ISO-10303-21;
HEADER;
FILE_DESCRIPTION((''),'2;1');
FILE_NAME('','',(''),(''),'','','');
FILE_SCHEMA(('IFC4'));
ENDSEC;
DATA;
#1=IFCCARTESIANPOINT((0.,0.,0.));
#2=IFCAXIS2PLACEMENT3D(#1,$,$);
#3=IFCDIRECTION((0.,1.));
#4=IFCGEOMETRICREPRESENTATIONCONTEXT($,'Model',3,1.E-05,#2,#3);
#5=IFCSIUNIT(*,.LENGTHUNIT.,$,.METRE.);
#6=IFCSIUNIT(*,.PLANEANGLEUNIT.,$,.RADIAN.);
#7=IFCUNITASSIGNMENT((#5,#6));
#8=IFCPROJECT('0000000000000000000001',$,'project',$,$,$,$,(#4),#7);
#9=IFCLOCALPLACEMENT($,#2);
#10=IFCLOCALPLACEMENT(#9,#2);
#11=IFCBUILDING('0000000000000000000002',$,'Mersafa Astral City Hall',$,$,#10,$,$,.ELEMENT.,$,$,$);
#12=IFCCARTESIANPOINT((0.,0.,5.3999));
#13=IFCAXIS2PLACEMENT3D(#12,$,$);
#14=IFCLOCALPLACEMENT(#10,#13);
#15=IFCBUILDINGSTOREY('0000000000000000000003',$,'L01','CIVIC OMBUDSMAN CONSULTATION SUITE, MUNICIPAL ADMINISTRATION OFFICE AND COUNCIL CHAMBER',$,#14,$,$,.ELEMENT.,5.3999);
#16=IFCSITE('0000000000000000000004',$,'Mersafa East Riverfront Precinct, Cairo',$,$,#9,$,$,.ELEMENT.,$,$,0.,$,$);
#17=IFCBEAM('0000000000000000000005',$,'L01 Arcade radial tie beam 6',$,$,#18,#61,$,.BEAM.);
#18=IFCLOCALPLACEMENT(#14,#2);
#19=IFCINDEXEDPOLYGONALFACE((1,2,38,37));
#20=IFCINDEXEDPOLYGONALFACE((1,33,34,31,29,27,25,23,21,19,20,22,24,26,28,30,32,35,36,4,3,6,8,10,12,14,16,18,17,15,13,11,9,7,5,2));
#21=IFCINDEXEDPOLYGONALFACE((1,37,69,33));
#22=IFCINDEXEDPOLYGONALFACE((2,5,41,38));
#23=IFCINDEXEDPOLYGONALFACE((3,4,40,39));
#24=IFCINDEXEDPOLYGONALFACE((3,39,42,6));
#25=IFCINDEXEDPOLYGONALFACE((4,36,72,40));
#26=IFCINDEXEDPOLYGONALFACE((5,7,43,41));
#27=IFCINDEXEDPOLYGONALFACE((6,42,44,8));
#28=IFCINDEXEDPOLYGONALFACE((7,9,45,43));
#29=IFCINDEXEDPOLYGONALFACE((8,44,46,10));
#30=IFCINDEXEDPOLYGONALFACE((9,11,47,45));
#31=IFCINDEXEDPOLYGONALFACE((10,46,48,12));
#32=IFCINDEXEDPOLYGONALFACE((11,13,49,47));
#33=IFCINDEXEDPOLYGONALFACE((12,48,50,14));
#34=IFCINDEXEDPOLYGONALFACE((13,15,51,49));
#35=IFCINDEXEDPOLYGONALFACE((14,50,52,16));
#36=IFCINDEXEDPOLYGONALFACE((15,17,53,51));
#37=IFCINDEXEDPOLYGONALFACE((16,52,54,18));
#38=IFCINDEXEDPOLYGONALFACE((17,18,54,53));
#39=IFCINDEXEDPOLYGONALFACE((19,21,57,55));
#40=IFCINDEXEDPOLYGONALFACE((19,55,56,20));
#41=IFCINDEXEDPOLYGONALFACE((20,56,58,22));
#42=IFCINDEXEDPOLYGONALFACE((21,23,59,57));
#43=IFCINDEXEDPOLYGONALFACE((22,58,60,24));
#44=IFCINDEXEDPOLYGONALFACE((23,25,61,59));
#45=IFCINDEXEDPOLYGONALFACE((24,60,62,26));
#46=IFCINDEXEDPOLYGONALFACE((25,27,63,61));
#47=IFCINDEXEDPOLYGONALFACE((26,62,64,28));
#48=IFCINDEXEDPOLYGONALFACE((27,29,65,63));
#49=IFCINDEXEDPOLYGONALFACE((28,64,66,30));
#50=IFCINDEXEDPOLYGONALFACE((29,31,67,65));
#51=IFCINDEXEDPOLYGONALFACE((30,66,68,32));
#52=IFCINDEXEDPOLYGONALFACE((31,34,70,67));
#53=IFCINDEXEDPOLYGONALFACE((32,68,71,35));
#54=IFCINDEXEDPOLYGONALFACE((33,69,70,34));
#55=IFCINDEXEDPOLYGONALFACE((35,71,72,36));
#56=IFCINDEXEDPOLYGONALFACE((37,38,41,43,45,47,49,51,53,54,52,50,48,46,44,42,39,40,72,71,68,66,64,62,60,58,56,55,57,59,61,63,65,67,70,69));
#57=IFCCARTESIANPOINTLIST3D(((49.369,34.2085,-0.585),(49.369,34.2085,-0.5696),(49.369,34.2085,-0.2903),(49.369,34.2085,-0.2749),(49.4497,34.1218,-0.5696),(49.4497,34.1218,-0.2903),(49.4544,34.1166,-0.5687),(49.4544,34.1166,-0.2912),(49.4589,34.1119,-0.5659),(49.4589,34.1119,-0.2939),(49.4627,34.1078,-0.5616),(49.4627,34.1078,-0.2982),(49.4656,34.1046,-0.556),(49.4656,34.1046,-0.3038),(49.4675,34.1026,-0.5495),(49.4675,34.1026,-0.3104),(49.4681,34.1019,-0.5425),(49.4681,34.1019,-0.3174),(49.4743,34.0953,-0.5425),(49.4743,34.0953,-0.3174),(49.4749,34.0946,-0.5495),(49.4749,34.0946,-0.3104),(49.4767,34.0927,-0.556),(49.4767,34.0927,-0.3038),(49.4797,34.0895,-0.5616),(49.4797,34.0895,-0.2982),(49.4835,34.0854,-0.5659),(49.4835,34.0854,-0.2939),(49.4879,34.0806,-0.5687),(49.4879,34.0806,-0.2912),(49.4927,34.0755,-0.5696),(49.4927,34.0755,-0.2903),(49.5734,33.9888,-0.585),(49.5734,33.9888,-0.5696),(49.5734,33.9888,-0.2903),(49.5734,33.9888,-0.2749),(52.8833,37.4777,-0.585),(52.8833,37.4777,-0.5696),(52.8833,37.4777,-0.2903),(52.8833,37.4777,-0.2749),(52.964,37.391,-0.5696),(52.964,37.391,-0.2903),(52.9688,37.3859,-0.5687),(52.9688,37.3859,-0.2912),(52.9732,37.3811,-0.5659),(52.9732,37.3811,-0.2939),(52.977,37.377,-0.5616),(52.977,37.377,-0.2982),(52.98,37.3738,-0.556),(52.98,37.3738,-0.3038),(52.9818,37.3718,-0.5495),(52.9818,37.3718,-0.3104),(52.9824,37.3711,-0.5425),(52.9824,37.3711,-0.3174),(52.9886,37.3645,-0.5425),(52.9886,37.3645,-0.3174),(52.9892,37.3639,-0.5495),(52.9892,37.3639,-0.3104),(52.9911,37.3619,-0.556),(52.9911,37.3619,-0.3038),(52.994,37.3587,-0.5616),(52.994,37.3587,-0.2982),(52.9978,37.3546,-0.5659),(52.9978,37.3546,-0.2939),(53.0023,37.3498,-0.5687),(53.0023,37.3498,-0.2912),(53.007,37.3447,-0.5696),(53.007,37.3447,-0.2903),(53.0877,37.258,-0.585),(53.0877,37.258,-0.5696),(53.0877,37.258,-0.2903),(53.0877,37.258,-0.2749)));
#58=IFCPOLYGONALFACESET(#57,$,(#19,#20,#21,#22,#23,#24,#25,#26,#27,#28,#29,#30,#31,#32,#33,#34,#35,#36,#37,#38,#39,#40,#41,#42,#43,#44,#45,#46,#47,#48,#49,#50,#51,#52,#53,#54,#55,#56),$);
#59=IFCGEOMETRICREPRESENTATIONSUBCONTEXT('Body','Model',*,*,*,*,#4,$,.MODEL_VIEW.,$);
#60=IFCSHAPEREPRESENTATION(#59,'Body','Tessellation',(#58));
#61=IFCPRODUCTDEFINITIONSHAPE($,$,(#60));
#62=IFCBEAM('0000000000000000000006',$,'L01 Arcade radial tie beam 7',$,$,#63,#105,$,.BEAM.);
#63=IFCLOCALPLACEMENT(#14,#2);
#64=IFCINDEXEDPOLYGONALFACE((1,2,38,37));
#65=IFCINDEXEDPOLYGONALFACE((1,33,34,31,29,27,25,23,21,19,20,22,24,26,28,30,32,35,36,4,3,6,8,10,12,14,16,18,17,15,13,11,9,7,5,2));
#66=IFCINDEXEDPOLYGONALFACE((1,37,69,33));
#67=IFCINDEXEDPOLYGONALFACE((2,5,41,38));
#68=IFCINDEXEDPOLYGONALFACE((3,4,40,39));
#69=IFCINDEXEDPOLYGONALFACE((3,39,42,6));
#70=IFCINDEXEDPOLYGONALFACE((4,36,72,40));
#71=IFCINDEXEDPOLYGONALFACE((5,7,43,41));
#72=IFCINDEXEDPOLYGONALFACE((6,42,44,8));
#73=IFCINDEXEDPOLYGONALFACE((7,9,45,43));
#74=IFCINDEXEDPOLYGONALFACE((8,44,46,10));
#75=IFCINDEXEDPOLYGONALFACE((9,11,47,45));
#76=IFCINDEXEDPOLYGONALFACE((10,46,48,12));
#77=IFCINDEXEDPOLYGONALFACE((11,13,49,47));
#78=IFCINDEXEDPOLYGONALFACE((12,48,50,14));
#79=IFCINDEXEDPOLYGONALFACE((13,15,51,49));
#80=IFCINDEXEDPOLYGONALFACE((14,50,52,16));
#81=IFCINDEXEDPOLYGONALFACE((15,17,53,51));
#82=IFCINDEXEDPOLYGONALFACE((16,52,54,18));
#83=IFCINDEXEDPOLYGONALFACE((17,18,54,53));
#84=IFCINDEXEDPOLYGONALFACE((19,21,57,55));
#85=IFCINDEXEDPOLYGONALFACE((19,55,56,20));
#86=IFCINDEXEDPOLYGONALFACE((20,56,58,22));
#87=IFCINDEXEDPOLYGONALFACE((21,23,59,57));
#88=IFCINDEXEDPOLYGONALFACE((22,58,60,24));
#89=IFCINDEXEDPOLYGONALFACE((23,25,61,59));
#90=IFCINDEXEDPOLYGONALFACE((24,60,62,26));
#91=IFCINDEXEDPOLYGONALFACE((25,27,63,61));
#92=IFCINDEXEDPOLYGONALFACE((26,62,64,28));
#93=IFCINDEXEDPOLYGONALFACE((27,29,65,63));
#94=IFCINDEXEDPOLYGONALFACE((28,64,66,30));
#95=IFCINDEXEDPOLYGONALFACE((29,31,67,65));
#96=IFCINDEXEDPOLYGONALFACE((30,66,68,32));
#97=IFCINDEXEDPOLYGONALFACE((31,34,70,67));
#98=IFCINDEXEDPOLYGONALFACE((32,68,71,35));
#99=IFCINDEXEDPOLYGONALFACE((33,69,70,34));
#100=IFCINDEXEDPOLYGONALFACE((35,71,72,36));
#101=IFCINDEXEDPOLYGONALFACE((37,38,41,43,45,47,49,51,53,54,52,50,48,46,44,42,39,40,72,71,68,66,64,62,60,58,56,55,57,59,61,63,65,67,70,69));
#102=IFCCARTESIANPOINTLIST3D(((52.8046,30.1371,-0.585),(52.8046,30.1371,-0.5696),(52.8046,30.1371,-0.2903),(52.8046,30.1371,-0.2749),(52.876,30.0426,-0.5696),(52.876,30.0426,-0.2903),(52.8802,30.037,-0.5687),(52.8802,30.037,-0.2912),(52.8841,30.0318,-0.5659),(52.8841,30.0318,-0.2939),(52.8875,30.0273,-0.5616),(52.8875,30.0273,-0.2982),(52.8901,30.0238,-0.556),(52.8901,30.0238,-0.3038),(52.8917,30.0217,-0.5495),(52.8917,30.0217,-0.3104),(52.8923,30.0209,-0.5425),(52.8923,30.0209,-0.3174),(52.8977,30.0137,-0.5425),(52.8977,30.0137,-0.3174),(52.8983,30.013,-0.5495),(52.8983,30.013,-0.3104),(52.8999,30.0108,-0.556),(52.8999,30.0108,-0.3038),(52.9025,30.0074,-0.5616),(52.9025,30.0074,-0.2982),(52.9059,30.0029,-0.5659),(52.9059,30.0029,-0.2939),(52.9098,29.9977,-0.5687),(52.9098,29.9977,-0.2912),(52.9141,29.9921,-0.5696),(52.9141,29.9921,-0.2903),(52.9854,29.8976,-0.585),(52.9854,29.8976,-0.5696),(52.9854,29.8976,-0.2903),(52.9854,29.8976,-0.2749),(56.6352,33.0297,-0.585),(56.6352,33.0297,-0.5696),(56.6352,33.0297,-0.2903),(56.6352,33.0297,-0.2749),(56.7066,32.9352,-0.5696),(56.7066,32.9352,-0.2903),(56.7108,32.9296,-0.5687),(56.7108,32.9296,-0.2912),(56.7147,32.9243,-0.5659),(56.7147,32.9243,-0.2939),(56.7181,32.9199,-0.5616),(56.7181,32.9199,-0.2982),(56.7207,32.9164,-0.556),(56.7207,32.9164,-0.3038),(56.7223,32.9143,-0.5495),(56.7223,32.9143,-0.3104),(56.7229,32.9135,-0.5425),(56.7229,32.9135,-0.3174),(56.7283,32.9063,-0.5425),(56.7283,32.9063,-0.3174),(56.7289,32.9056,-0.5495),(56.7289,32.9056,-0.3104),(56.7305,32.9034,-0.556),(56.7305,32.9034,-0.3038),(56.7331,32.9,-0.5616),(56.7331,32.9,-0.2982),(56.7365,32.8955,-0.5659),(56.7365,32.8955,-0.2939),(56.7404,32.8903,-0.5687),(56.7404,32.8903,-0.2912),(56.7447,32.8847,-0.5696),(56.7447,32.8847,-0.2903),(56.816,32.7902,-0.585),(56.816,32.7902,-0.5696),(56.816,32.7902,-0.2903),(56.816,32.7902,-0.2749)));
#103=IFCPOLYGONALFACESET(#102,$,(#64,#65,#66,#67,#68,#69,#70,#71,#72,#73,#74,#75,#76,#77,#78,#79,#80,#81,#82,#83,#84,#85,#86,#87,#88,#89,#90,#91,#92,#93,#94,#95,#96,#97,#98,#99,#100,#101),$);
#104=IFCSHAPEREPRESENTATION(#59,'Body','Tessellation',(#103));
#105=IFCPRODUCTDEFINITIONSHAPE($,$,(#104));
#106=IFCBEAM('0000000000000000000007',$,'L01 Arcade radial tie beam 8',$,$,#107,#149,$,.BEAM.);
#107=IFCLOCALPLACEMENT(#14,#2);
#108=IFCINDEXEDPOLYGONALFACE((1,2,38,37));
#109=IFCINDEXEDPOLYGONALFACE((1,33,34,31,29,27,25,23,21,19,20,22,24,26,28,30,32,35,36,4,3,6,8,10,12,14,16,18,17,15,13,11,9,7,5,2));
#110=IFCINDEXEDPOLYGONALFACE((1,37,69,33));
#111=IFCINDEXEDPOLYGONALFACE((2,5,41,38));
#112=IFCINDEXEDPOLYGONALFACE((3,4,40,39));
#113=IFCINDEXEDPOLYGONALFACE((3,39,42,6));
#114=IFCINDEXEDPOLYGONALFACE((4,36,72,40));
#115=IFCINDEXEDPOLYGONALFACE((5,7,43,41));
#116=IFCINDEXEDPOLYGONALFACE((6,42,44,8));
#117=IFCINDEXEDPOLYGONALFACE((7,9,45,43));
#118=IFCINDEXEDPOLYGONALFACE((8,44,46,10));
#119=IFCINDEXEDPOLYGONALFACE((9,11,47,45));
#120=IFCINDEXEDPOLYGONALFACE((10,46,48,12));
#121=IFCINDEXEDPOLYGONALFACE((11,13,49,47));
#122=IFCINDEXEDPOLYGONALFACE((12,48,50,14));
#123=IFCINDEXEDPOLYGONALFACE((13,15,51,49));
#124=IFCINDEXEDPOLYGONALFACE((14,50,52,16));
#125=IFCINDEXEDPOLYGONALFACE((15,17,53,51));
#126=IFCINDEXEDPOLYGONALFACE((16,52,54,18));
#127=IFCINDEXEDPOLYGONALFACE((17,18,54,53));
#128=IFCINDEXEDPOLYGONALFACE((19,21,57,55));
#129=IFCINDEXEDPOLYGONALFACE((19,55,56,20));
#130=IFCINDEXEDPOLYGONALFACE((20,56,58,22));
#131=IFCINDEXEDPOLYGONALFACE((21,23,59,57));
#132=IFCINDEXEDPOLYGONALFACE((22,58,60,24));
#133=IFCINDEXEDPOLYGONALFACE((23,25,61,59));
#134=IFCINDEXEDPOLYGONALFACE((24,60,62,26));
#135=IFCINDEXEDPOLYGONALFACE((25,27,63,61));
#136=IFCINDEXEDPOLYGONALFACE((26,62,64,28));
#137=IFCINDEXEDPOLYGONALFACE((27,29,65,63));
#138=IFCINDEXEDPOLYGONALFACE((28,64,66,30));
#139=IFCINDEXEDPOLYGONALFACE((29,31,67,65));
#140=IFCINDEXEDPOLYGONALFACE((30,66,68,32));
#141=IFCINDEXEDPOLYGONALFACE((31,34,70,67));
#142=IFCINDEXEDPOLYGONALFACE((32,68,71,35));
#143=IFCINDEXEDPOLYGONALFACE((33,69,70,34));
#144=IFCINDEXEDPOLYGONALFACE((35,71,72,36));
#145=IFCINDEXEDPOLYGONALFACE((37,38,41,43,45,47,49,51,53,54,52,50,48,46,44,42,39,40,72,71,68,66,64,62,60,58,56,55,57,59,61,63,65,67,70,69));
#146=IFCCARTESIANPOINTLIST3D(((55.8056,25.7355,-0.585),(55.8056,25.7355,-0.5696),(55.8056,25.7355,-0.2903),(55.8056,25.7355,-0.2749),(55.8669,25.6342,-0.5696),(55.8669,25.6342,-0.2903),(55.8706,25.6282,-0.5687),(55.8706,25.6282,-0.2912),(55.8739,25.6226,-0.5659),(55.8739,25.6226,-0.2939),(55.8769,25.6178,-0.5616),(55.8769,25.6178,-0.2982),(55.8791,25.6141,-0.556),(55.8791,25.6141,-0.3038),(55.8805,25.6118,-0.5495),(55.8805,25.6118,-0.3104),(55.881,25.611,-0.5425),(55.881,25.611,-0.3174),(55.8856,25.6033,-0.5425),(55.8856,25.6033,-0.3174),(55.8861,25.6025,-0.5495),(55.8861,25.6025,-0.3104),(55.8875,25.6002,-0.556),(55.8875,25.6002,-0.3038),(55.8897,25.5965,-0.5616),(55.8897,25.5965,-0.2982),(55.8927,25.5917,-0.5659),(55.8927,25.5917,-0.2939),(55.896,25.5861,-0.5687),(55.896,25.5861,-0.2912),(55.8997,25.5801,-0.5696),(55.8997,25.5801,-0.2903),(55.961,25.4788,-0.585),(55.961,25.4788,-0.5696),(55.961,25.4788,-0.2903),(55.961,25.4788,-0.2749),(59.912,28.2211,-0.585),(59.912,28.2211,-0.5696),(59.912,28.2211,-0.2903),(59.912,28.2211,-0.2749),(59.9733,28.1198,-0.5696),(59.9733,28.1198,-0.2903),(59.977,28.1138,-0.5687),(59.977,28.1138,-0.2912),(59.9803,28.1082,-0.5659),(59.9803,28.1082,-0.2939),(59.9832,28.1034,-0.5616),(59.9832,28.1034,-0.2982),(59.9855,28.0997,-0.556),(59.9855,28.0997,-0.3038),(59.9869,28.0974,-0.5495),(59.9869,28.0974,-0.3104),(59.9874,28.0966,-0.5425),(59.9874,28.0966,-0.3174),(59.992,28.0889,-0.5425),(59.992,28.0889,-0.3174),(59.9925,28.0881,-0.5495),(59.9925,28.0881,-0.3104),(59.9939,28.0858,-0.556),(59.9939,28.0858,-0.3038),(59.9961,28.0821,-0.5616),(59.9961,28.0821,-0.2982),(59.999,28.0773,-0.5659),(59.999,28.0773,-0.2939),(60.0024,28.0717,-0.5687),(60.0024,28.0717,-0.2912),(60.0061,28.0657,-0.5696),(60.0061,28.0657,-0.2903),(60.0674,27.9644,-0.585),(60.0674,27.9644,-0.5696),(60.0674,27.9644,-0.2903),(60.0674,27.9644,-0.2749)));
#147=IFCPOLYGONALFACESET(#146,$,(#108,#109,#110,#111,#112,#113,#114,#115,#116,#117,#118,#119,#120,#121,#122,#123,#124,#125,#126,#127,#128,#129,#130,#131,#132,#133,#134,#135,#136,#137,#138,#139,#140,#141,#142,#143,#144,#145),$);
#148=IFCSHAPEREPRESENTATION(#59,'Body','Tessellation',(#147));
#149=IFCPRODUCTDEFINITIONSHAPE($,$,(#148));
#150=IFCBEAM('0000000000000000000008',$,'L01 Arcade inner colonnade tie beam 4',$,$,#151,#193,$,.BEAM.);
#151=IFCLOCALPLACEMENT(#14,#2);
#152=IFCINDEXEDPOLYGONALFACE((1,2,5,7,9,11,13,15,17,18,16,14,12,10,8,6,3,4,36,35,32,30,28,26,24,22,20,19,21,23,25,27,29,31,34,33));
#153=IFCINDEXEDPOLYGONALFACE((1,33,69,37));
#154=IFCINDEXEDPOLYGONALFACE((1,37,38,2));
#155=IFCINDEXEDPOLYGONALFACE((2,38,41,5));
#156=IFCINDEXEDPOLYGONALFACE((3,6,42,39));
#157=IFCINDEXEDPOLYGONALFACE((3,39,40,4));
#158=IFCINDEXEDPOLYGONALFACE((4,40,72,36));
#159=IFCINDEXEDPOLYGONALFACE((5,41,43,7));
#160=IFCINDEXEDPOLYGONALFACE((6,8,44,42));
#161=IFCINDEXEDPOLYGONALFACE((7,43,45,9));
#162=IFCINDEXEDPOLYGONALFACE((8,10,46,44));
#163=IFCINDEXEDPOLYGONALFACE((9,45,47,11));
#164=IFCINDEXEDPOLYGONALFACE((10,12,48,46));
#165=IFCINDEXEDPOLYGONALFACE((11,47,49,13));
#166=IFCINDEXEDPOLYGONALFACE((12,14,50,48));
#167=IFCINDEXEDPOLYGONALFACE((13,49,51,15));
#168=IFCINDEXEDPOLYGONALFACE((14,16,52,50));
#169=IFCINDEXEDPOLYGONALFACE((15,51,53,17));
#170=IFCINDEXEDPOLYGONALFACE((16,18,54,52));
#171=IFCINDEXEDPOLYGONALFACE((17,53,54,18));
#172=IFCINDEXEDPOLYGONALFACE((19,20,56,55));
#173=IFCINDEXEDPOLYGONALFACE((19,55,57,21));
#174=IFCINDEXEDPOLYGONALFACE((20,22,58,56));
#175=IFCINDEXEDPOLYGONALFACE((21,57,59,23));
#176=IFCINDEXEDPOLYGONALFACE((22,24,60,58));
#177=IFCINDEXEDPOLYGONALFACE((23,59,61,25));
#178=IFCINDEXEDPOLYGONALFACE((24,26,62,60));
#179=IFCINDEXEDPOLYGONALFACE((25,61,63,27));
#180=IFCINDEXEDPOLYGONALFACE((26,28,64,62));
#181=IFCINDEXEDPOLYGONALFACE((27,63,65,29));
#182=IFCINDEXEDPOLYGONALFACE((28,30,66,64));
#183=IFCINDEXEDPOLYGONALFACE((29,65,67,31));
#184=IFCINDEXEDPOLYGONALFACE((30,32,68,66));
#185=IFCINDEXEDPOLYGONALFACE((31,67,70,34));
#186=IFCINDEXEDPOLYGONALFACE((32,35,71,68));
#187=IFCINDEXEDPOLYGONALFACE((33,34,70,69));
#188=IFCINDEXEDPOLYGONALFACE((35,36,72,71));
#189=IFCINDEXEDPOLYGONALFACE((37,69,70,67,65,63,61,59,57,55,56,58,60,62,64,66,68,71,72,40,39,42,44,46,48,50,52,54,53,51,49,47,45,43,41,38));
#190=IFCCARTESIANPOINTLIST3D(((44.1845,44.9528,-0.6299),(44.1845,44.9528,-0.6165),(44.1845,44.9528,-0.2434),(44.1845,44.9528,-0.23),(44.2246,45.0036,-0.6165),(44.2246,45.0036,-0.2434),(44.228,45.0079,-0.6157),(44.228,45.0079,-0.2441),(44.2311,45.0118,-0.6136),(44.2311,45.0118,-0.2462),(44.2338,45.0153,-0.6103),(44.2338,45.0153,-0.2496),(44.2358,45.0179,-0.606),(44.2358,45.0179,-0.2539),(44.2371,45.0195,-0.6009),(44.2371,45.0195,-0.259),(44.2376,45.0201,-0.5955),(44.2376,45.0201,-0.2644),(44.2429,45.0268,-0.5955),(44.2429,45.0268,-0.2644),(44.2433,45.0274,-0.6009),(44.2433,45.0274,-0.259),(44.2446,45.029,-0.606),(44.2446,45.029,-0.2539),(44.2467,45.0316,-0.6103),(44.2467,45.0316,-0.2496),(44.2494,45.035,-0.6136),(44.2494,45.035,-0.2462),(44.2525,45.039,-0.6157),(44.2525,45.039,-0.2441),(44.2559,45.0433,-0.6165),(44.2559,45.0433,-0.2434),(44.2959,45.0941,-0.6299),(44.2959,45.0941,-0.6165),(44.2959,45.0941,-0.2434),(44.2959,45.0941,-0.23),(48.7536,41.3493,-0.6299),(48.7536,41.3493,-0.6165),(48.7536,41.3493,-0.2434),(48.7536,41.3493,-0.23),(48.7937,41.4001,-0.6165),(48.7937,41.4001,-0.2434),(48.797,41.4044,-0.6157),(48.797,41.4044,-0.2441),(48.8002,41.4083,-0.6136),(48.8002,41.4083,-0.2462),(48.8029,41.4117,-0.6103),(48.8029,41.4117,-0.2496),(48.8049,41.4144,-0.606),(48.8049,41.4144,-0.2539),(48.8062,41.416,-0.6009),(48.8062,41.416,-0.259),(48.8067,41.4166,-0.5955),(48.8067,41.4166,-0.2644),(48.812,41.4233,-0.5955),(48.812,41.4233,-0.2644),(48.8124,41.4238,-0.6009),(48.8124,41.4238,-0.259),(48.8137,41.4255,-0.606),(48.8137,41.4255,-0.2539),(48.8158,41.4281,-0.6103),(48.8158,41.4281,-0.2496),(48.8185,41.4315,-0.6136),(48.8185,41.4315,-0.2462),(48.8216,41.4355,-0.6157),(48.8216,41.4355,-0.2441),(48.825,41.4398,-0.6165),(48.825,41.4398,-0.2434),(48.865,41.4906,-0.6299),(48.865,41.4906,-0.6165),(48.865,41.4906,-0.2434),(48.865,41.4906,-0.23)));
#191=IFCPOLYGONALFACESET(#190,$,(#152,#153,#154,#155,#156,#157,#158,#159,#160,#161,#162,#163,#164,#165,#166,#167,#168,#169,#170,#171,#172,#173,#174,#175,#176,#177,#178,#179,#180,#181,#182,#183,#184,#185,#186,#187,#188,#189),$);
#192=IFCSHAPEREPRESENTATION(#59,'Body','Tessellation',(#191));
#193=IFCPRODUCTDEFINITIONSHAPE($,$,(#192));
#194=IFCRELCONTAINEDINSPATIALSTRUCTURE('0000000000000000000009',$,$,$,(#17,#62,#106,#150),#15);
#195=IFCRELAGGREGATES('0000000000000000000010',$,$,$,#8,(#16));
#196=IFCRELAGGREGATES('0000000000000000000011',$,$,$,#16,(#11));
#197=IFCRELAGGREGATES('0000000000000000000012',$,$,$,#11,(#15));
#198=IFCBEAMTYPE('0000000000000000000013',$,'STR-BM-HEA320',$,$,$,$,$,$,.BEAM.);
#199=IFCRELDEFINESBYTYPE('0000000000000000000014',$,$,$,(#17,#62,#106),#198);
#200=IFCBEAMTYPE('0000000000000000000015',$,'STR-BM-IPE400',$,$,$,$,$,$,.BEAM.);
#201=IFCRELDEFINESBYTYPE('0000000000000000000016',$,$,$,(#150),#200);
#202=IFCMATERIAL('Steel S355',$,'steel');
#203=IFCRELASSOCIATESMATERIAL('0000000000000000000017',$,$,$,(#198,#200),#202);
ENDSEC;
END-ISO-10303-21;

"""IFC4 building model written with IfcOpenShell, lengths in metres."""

from ifc_helpers import new_model, si_unit, direction, frame, origin, origin_2d, place, context, subcontext, project, spatial, i_section, extrude, material, material_profile, profile_set, type_object, element, save


model = new_model("IFC4")

# Units and contexts
model_context = context("Model", 3, precision=1e-05, world=origin(), true_north=direction((0.0, 1.0)))
body_context = subcontext(model_context, "Body", "Model", "MODEL_VIEW")
ifc_project = project(units=[si_unit("LENGTHUNIT", "METRE"), si_unit("PLANEANGLEUNIT", "RADIAN")], contexts=[model_context])

# Site, building, storey
site_placement = place(None, origin())
site = spatial("IfcSite", under=ifc_project, at=site_placement, Name="Mersafa East Riverfront Precinct, Cairo", CompositionType="ELEMENT", RefElevation=0.0)
building_placement = place(site_placement, origin())
building = spatial("IfcBuilding", under=site, at=building_placement, Name="Mersafa Astral City Hall", CompositionType="ELEMENT")
storey_placement = place(building_placement, frame((0.0, 0.0, 5.3999)))
storey = spatial("IfcBuildingStorey", under=building, at=storey_placement, Name="L01", Description="CIVIC OMBUDSMAN CONSULTATION SUITE, MUNICIPAL ADMINISTRATION OFFICE AND COUNCIL CHAMBER", CompositionType="ELEMENT", Elevation=5.3999)

# Shared definitions
ifc_material_1 = material(Name="Steel S355", Category="steel")

# Beams
ifc_material_profile_1 = material_profile(ifc_material_1, i_section(OverallWidth=0.3, OverallDepth=0.3101, WebThickness=0.009, FlangeThickness=0.0154, FilletRadius=0.0271, at=origin_2d()), Name="HEA 320")
ifc_profile_set_1 = profile_set([ifc_material_profile_1], Name="Steel S355")
beam_type_1 = type_object("IfcBeamType", Name="STR-BM-HEA320", PredefinedType="BEAM", material=ifc_profile_set_1)
beam_1_placement = place(storey_placement, frame((49.4712, 34.0986, -0.4299), z_axis=(0.732179, 0.681112, 0.0), x_axis=(-0.681112, 0.732179, 0.0)))
element("IfcBeam", 1, at=beam_1_placement, inside=storey, type_object=beam_type_1, Name="L01 Arcade radial tie beam 6", PredefinedType="BEAM", context=body_context, shape_type="SweptSolid", body=[
    extrude(i_section(OverallWidth=0.3, OverallDepth=0.3101, WebThickness=0.009, FlangeThickness=0.0154, FilletRadius=0.0271, at=origin_2d()), origin(), (0.0, 0.0, 1.0), 4.7998),
])
for number, where, z_axis, x_axis, name in (
    (2, (52.895, 30.0173, -0.4299), (0.79803, 0.602617, 0.0), (-0.602617, 0.79803, 0.0), "L01 Arcade radial tie beam 7"),
    (3, (55.8833, 25.6072, -0.4299), (0.855489, 0.51782, 0.0), (-0.51782, 0.855489, 0.0), "L01 Arcade radial tie beam 8"),
):
    element("IfcBeam", number, at=place(storey_placement, frame(where, z_axis=z_axis, x_axis=x_axis)), inside=storey, type_object=beam_type_1, Name=name, PredefinedType="BEAM", context=body_context, shape_type="SweptSolid", body=[
        extrude(i_section(OverallWidth=0.3, OverallDepth=0.3101, WebThickness=0.009, FlangeThickness=0.0154, FilletRadius=0.0271, at=origin_2d()), origin(), (0.0, 0.0, 1.0), 4.8),
    ])
ifc_material_profile_2 = material_profile(ifc_material_1, i_section(OverallWidth=0.1799, OverallDepth=0.3999, WebThickness=0.0085, FlangeThickness=0.0134, FilletRadius=0.021, at=origin_2d()), Name="IPE 400")
ifc_profile_set_2 = profile_set([ifc_material_profile_2], Name="Steel S355")
beam_type_2 = type_object("IfcBeamType", Name="STR-BM-IPE400", PredefinedType="BEAM", material=ifc_profile_set_2)
beam_2_placement = place(storey_placement, frame((44.2402, 45.0234, -0.4299), z_axis=(0.785189, -0.619257, 0.0), x_axis=(0.619257, 0.785189, 0.0)))
element("IfcBeam", 4, at=beam_2_placement, inside=storey, type_object=beam_type_2, Name="L01 Arcade inner colonnade tie beam 4", PredefinedType="BEAM", context=body_context, shape_type="SweptSolid", body=[
    extrude(i_section(OverallWidth=0.1799, OverallDepth=0.3999, WebThickness=0.0085, FlangeThickness=0.0134, FilletRadius=0.021, at=origin_2d()), origin(), (0.0, 0.0, 1.0), 5.8191),
])

save(model, "model.ifc")
